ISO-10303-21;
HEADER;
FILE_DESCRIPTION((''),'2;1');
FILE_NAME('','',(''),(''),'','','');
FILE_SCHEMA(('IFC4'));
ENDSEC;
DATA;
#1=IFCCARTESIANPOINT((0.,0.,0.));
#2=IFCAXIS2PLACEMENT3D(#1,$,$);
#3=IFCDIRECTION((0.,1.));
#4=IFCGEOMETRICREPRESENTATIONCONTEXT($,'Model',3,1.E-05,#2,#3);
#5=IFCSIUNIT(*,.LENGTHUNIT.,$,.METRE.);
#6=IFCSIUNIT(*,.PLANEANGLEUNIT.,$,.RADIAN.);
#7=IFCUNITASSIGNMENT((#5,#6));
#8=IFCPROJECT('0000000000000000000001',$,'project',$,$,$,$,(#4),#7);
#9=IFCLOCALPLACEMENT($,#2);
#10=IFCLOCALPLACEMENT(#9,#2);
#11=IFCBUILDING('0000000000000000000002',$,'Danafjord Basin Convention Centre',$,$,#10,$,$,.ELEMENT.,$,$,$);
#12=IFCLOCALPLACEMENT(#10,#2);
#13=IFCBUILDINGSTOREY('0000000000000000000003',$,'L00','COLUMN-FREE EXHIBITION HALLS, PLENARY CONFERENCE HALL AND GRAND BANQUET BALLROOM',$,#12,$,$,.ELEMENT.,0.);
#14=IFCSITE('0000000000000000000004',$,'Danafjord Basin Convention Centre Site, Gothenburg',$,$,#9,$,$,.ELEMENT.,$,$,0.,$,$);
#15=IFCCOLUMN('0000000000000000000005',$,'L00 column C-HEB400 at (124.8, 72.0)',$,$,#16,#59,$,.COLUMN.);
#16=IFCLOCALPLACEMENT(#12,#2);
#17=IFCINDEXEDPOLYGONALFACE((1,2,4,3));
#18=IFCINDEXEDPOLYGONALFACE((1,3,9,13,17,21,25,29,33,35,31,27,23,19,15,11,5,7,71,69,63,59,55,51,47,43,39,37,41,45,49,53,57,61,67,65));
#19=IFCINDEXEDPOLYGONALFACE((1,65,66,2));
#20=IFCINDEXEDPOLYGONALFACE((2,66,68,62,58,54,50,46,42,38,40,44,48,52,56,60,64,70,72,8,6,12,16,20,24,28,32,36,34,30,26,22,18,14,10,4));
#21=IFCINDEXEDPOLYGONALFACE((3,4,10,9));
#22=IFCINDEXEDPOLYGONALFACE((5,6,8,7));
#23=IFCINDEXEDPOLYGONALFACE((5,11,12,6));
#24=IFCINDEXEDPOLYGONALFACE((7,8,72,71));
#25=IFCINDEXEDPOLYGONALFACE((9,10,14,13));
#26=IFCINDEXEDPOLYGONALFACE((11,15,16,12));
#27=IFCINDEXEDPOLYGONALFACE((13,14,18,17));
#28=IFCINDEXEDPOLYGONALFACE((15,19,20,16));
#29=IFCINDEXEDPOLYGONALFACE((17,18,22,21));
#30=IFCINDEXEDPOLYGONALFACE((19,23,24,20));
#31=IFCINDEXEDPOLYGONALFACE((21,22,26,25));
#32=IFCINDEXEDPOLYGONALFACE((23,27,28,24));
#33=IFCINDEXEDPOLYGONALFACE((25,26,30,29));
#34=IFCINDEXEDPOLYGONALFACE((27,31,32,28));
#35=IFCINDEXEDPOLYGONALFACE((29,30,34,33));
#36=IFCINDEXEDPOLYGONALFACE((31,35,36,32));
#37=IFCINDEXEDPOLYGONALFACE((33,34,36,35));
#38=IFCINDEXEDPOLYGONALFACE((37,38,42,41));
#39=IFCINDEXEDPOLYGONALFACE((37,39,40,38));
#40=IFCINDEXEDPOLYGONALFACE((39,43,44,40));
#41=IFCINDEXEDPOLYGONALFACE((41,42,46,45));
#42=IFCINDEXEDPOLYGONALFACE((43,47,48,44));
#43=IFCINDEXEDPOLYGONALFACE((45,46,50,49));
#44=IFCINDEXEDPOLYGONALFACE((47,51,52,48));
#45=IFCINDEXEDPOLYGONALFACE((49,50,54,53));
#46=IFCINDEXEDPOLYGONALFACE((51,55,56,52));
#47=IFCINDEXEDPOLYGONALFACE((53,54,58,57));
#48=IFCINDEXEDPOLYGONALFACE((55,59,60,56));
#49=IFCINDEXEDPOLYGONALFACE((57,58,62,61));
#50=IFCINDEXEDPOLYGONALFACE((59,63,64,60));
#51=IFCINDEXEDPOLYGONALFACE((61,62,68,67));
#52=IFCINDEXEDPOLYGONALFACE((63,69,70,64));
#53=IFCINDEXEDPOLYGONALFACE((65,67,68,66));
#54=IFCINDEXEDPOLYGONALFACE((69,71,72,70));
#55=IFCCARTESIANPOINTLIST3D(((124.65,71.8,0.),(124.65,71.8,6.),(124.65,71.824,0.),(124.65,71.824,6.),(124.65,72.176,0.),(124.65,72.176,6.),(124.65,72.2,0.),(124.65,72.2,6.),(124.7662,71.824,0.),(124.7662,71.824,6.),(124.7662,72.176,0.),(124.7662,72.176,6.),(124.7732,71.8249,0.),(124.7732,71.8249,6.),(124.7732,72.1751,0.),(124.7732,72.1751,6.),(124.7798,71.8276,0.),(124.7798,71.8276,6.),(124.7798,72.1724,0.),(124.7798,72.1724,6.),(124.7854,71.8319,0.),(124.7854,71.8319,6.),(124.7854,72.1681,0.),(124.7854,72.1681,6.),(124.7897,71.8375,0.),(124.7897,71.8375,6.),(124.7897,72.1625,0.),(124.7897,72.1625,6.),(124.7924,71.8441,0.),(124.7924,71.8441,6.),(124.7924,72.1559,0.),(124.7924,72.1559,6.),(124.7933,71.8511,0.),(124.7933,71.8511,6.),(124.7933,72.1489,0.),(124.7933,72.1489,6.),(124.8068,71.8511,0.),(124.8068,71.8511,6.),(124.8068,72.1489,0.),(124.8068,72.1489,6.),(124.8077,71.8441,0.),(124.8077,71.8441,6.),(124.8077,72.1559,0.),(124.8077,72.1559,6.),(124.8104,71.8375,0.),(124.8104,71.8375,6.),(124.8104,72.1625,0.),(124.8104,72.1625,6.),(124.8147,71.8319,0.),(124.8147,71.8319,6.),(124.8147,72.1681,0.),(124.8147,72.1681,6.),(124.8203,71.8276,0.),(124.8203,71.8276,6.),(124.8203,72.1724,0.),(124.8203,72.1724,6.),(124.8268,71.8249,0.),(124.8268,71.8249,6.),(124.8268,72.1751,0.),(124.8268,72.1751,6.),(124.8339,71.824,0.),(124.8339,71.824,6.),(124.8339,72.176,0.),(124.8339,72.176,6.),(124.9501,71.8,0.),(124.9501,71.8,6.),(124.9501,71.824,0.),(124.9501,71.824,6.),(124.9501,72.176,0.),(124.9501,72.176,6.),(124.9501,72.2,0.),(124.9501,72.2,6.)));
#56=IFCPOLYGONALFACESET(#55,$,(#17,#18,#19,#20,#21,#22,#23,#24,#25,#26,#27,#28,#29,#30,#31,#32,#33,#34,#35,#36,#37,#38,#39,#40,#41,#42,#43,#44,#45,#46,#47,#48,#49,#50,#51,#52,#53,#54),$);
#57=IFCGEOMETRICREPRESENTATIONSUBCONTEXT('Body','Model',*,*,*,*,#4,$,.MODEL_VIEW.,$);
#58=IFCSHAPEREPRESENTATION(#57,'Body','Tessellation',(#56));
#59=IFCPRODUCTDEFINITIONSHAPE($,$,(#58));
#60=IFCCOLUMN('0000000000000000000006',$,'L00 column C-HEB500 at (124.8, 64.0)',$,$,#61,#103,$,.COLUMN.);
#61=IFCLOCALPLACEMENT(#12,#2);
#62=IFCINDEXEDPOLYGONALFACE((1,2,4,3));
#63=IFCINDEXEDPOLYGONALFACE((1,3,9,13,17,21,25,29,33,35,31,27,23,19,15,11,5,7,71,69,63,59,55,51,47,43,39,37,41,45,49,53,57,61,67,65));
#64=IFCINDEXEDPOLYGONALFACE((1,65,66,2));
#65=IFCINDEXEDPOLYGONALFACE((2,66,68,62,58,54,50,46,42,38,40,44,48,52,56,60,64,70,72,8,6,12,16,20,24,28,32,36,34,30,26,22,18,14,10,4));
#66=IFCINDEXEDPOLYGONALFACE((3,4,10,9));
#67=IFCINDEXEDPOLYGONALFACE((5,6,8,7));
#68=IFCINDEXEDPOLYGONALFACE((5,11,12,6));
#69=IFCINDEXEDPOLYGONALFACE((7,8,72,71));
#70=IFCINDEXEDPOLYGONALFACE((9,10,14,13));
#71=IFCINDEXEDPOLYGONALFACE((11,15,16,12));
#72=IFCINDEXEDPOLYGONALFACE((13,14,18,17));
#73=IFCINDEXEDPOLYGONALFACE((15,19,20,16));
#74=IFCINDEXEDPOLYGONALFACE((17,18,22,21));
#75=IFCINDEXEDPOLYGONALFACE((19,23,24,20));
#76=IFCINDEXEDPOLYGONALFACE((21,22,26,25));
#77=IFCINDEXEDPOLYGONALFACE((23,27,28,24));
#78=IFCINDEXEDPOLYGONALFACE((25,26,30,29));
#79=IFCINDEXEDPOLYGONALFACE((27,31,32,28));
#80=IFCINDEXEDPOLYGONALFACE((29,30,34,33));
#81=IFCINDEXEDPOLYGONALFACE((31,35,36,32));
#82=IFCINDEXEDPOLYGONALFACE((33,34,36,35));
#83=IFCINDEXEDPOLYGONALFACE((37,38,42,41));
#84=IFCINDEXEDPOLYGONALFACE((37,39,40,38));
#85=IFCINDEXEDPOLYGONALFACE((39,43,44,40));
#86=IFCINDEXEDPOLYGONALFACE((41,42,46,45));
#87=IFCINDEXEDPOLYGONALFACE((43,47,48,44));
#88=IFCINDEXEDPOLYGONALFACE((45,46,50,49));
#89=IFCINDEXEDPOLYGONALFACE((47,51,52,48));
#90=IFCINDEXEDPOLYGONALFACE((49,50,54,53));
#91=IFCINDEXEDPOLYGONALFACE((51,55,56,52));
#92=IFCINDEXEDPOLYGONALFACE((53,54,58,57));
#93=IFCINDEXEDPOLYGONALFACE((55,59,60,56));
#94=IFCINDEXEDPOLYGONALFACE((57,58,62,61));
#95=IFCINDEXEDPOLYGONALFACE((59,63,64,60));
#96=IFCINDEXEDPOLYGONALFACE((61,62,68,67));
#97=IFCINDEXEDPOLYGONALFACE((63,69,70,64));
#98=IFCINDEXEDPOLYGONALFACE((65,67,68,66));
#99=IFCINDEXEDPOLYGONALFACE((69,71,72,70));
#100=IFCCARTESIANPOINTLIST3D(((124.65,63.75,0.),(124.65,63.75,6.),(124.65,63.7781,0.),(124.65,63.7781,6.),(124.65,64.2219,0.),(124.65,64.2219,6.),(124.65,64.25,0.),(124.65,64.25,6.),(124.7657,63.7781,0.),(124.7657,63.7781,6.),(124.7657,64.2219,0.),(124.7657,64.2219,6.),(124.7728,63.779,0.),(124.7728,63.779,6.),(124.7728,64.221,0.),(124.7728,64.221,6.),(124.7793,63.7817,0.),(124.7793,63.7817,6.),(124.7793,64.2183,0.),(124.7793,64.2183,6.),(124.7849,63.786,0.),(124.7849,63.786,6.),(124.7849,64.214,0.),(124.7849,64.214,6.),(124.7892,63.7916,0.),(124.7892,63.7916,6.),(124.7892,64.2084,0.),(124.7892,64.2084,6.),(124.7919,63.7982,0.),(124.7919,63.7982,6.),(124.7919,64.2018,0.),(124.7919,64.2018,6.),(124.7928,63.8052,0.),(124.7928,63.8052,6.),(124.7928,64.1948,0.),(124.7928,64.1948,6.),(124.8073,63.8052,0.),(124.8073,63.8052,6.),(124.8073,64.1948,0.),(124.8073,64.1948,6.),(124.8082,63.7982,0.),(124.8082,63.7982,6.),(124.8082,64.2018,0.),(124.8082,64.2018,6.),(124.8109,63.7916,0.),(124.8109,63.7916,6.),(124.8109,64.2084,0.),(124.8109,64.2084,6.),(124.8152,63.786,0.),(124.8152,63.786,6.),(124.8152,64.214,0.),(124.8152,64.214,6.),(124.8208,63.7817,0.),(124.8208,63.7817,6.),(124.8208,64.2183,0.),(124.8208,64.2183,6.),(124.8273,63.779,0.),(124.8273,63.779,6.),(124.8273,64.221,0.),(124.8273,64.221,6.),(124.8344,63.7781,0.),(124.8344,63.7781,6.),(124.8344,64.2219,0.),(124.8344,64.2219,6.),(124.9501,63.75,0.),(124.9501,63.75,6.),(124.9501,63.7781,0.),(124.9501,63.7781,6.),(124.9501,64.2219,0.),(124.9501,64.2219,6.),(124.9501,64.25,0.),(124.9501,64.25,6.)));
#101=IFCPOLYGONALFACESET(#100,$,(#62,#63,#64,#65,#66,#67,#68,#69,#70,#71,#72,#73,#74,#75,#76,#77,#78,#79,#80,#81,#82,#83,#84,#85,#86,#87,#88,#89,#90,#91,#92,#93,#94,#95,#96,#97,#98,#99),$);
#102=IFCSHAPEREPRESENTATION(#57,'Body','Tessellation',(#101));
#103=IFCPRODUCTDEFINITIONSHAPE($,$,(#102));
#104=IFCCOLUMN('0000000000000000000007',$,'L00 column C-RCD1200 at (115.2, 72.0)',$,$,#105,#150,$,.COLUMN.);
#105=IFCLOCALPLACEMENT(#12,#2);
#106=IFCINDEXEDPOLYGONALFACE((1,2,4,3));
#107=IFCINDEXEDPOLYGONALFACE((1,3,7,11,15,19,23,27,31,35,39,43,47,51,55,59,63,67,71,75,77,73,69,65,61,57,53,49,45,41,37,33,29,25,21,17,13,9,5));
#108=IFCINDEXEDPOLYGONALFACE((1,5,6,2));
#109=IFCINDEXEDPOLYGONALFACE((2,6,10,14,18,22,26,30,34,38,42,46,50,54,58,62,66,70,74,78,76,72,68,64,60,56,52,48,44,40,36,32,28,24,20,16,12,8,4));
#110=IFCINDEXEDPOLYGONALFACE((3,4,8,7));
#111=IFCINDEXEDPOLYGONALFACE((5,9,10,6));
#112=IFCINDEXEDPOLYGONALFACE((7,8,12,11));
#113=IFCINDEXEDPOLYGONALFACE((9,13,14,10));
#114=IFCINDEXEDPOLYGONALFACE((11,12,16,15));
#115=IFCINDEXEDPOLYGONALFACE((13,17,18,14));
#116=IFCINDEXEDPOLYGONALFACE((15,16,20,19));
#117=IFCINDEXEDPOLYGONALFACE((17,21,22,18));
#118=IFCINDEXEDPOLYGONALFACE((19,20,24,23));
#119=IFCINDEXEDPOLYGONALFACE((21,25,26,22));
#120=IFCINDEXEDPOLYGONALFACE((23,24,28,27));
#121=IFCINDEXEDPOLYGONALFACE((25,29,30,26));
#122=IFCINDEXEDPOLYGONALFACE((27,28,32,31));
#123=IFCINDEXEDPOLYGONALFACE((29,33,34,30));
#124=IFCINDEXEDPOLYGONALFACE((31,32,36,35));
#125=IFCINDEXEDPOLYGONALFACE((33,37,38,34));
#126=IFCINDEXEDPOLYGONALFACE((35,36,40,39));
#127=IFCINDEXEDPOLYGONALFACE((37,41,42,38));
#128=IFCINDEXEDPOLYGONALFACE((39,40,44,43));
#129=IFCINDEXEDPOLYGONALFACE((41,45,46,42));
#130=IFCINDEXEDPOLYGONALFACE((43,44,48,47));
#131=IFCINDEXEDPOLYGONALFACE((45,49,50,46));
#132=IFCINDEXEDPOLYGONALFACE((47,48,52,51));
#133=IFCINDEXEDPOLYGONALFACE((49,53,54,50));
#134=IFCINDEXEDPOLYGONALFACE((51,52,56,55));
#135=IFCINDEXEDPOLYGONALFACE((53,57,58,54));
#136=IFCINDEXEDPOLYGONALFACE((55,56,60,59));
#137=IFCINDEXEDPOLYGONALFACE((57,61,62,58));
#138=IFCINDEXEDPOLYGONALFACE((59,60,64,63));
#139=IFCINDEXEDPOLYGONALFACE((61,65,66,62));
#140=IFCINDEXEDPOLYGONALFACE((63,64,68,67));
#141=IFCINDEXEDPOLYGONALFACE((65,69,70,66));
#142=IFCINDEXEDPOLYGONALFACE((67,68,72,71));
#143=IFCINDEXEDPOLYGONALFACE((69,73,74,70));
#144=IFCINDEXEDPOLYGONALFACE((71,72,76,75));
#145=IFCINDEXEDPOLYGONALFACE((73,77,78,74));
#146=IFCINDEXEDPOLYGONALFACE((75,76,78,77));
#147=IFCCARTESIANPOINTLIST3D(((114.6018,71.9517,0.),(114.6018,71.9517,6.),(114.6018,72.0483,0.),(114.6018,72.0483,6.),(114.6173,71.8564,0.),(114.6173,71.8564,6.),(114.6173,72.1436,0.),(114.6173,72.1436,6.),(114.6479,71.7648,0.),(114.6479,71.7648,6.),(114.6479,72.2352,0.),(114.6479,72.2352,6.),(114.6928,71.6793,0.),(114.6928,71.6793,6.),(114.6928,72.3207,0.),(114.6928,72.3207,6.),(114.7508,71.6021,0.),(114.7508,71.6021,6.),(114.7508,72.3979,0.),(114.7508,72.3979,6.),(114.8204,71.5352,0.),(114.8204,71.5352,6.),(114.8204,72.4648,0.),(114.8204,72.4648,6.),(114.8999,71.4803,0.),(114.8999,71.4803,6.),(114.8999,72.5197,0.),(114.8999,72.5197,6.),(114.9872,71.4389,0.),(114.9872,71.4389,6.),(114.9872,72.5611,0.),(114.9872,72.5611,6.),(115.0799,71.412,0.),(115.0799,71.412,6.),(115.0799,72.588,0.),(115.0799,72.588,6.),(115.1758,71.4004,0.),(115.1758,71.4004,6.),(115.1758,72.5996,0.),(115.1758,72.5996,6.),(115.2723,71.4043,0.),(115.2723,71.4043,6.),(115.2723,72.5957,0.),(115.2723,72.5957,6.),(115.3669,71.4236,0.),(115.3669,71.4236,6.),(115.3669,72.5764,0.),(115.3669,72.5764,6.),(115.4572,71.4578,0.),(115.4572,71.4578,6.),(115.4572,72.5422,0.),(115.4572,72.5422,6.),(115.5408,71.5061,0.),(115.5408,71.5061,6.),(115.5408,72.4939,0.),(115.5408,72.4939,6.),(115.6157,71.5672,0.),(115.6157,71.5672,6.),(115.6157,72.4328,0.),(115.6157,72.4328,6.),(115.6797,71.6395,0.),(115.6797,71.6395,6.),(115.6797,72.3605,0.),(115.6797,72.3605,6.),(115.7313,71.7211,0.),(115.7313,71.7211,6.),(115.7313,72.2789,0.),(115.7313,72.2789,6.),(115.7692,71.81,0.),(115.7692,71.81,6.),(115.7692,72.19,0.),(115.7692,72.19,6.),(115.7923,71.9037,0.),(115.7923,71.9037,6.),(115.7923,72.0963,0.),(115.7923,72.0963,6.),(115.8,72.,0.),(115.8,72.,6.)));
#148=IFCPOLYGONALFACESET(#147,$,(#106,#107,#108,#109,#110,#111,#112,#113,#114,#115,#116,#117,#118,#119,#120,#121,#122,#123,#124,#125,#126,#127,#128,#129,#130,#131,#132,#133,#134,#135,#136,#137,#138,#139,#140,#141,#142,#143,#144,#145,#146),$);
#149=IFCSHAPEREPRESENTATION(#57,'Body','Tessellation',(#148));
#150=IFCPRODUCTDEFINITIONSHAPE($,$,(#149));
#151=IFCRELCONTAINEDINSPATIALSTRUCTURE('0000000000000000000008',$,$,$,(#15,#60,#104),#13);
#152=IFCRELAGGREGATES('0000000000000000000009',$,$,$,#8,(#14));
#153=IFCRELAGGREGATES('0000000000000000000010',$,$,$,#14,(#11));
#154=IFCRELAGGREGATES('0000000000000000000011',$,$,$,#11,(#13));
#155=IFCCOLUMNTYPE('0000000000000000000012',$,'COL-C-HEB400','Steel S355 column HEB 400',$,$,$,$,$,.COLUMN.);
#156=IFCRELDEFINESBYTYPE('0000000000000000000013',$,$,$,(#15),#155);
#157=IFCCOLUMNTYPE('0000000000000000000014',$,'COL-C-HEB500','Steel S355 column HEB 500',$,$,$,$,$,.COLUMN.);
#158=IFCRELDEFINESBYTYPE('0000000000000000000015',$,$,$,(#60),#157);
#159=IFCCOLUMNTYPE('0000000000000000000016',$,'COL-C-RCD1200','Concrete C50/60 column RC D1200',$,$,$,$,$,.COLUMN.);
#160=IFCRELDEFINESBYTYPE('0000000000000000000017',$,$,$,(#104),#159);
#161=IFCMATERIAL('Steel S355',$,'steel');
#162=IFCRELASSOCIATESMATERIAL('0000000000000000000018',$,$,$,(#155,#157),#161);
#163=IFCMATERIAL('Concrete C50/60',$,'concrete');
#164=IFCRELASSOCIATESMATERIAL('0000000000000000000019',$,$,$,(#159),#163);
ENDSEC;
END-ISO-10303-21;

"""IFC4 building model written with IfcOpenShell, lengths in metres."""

from ifc_helpers import new_model, si_unit, direction, frame, origin, origin_2d, place, context, subcontext, project, spatial, circle, i_section, extrude, material, material_profile, profile_set, type_object, element, save


model = new_model("IFC4")

# Units and contexts
model_context = context("Model", 3, precision=1e-05, world=origin(), true_north=direction((0.0, 1.0)))
body_context = subcontext(model_context, "Body", "Model", "MODEL_VIEW")
ifc_project = project(units=[si_unit("LENGTHUNIT", "METRE"), si_unit("PLANEANGLEUNIT", "RADIAN")], contexts=[model_context])

# Site, building, storey
site_placement = place(None, origin())
site = spatial("IfcSite", under=ifc_project, at=site_placement, Name="Danafjord Basin Convention Centre Site, Gothenburg", CompositionType="ELEMENT", RefElevation=0.0)
building_placement = place(site_placement, origin())
building = spatial("IfcBuilding", under=site, at=building_placement, Name="Danafjord Basin Convention Centre", CompositionType="ELEMENT")
storey_placement = place(building_placement, origin())
storey = spatial("IfcBuildingStorey", under=building, at=storey_placement, Name="L00", Description="COLUMN-FREE EXHIBITION HALLS, PLENARY CONFERENCE HALL AND GRAND BANQUET BALLROOM", CompositionType="ELEMENT", Elevation=0.0)

# Columns
ifc_material_1 = material(Name="Steel S355", Category="steel")
ifc_material_profile_1 = material_profile(ifc_material_1, i_section(OverallWidth=0.3, OverallDepth=0.3999, WebThickness=0.0134, FlangeThickness=0.0239, FilletRadius=0.0271, at=origin_2d()), Name="HEB 400")
ifc_profile_set_1 = profile_set([ifc_material_profile_1], Name="Steel S355")
column_type_1 = type_object("IfcColumnType", Name="COL-C-HEB400", Description="Steel S355 column HEB 400", PredefinedType="COLUMN", material=ifc_profile_set_1)
column_1_placement = place(storey_placement, frame((124.8, 72.0, 0.0), z_axis=(0.0, 0.0, 1.0), x_axis=(1.0, 0.0, 0.0)))
element("IfcColumn", 1, at=column_1_placement, inside=storey, type_object=column_type_1, Name="L00 column C-HEB400 at (124.8, 72.0)", PredefinedType="COLUMN", context=body_context, shape_type="SweptSolid", body=[
    extrude(i_section(OverallWidth=0.3, OverallDepth=0.3999, WebThickness=0.0134, FlangeThickness=0.0239, FilletRadius=0.0271, at=origin_2d()), origin(), (0.0, 0.0, 1.0), 6.0),
])
ifc_material_profile_2 = material_profile(ifc_material_1, i_section(OverallWidth=0.3, OverallDepth=0.5, WebThickness=0.0144, FlangeThickness=0.0281, FilletRadius=0.0271, at=origin_2d()), Name="HEB 500")
ifc_profile_set_2 = profile_set([ifc_material_profile_2], Name="Steel S355")
column_type_2 = type_object("IfcColumnType", Name="COL-C-HEB500", Description="Steel S355 column HEB 500", PredefinedType="COLUMN", material=ifc_profile_set_2)
column_2_placement = place(storey_placement, frame((124.8, 64.0, 0.0), z_axis=(0.0, 0.0, 1.0), x_axis=(1.0, 0.0, 0.0)))
element("IfcColumn", 2, at=column_2_placement, inside=storey, type_object=column_type_2, Name="L00 column C-HEB500 at (124.8, 64.0)", PredefinedType="COLUMN", context=body_context, shape_type="SweptSolid", body=[
    extrude(i_section(OverallWidth=0.3, OverallDepth=0.5, WebThickness=0.0144, FlangeThickness=0.0281, FilletRadius=0.0271, at=origin_2d()), origin(), (0.0, 0.0, 1.0), 6.0),
])
ifc_material_2 = material(Name="Concrete C50/60", Category="concrete")
ifc_material_profile_3 = material_profile(ifc_material_2, circle(Radius=0.6001, at=origin_2d()), Name="RC D1200")
ifc_profile_set_3 = profile_set([ifc_material_profile_3], Name="Concrete C50/60")
column_type_3 = type_object("IfcColumnType", Name="COL-C-RCD1200", Description="Concrete C50/60 column RC D1200", PredefinedType="COLUMN", material=ifc_profile_set_3)
column_3_placement = place(storey_placement, frame((115.2, 72.0, 0.0), z_axis=(0.0, 0.0, 1.0), x_axis=(1.0, 0.0, 0.0)))
element("IfcColumn", 3, at=column_3_placement, inside=storey, type_object=column_type_3, Name="L00 column C-RCD1200 at (115.2, 72.0)", PredefinedType="COLUMN", context=body_context, shape_type="SweptSolid", body=[
    extrude(circle(Radius=0.6001, at=origin_2d()), origin(), (0.0, 0.0, 1.0), 6.0),
])

save(model, "model.ifc")
